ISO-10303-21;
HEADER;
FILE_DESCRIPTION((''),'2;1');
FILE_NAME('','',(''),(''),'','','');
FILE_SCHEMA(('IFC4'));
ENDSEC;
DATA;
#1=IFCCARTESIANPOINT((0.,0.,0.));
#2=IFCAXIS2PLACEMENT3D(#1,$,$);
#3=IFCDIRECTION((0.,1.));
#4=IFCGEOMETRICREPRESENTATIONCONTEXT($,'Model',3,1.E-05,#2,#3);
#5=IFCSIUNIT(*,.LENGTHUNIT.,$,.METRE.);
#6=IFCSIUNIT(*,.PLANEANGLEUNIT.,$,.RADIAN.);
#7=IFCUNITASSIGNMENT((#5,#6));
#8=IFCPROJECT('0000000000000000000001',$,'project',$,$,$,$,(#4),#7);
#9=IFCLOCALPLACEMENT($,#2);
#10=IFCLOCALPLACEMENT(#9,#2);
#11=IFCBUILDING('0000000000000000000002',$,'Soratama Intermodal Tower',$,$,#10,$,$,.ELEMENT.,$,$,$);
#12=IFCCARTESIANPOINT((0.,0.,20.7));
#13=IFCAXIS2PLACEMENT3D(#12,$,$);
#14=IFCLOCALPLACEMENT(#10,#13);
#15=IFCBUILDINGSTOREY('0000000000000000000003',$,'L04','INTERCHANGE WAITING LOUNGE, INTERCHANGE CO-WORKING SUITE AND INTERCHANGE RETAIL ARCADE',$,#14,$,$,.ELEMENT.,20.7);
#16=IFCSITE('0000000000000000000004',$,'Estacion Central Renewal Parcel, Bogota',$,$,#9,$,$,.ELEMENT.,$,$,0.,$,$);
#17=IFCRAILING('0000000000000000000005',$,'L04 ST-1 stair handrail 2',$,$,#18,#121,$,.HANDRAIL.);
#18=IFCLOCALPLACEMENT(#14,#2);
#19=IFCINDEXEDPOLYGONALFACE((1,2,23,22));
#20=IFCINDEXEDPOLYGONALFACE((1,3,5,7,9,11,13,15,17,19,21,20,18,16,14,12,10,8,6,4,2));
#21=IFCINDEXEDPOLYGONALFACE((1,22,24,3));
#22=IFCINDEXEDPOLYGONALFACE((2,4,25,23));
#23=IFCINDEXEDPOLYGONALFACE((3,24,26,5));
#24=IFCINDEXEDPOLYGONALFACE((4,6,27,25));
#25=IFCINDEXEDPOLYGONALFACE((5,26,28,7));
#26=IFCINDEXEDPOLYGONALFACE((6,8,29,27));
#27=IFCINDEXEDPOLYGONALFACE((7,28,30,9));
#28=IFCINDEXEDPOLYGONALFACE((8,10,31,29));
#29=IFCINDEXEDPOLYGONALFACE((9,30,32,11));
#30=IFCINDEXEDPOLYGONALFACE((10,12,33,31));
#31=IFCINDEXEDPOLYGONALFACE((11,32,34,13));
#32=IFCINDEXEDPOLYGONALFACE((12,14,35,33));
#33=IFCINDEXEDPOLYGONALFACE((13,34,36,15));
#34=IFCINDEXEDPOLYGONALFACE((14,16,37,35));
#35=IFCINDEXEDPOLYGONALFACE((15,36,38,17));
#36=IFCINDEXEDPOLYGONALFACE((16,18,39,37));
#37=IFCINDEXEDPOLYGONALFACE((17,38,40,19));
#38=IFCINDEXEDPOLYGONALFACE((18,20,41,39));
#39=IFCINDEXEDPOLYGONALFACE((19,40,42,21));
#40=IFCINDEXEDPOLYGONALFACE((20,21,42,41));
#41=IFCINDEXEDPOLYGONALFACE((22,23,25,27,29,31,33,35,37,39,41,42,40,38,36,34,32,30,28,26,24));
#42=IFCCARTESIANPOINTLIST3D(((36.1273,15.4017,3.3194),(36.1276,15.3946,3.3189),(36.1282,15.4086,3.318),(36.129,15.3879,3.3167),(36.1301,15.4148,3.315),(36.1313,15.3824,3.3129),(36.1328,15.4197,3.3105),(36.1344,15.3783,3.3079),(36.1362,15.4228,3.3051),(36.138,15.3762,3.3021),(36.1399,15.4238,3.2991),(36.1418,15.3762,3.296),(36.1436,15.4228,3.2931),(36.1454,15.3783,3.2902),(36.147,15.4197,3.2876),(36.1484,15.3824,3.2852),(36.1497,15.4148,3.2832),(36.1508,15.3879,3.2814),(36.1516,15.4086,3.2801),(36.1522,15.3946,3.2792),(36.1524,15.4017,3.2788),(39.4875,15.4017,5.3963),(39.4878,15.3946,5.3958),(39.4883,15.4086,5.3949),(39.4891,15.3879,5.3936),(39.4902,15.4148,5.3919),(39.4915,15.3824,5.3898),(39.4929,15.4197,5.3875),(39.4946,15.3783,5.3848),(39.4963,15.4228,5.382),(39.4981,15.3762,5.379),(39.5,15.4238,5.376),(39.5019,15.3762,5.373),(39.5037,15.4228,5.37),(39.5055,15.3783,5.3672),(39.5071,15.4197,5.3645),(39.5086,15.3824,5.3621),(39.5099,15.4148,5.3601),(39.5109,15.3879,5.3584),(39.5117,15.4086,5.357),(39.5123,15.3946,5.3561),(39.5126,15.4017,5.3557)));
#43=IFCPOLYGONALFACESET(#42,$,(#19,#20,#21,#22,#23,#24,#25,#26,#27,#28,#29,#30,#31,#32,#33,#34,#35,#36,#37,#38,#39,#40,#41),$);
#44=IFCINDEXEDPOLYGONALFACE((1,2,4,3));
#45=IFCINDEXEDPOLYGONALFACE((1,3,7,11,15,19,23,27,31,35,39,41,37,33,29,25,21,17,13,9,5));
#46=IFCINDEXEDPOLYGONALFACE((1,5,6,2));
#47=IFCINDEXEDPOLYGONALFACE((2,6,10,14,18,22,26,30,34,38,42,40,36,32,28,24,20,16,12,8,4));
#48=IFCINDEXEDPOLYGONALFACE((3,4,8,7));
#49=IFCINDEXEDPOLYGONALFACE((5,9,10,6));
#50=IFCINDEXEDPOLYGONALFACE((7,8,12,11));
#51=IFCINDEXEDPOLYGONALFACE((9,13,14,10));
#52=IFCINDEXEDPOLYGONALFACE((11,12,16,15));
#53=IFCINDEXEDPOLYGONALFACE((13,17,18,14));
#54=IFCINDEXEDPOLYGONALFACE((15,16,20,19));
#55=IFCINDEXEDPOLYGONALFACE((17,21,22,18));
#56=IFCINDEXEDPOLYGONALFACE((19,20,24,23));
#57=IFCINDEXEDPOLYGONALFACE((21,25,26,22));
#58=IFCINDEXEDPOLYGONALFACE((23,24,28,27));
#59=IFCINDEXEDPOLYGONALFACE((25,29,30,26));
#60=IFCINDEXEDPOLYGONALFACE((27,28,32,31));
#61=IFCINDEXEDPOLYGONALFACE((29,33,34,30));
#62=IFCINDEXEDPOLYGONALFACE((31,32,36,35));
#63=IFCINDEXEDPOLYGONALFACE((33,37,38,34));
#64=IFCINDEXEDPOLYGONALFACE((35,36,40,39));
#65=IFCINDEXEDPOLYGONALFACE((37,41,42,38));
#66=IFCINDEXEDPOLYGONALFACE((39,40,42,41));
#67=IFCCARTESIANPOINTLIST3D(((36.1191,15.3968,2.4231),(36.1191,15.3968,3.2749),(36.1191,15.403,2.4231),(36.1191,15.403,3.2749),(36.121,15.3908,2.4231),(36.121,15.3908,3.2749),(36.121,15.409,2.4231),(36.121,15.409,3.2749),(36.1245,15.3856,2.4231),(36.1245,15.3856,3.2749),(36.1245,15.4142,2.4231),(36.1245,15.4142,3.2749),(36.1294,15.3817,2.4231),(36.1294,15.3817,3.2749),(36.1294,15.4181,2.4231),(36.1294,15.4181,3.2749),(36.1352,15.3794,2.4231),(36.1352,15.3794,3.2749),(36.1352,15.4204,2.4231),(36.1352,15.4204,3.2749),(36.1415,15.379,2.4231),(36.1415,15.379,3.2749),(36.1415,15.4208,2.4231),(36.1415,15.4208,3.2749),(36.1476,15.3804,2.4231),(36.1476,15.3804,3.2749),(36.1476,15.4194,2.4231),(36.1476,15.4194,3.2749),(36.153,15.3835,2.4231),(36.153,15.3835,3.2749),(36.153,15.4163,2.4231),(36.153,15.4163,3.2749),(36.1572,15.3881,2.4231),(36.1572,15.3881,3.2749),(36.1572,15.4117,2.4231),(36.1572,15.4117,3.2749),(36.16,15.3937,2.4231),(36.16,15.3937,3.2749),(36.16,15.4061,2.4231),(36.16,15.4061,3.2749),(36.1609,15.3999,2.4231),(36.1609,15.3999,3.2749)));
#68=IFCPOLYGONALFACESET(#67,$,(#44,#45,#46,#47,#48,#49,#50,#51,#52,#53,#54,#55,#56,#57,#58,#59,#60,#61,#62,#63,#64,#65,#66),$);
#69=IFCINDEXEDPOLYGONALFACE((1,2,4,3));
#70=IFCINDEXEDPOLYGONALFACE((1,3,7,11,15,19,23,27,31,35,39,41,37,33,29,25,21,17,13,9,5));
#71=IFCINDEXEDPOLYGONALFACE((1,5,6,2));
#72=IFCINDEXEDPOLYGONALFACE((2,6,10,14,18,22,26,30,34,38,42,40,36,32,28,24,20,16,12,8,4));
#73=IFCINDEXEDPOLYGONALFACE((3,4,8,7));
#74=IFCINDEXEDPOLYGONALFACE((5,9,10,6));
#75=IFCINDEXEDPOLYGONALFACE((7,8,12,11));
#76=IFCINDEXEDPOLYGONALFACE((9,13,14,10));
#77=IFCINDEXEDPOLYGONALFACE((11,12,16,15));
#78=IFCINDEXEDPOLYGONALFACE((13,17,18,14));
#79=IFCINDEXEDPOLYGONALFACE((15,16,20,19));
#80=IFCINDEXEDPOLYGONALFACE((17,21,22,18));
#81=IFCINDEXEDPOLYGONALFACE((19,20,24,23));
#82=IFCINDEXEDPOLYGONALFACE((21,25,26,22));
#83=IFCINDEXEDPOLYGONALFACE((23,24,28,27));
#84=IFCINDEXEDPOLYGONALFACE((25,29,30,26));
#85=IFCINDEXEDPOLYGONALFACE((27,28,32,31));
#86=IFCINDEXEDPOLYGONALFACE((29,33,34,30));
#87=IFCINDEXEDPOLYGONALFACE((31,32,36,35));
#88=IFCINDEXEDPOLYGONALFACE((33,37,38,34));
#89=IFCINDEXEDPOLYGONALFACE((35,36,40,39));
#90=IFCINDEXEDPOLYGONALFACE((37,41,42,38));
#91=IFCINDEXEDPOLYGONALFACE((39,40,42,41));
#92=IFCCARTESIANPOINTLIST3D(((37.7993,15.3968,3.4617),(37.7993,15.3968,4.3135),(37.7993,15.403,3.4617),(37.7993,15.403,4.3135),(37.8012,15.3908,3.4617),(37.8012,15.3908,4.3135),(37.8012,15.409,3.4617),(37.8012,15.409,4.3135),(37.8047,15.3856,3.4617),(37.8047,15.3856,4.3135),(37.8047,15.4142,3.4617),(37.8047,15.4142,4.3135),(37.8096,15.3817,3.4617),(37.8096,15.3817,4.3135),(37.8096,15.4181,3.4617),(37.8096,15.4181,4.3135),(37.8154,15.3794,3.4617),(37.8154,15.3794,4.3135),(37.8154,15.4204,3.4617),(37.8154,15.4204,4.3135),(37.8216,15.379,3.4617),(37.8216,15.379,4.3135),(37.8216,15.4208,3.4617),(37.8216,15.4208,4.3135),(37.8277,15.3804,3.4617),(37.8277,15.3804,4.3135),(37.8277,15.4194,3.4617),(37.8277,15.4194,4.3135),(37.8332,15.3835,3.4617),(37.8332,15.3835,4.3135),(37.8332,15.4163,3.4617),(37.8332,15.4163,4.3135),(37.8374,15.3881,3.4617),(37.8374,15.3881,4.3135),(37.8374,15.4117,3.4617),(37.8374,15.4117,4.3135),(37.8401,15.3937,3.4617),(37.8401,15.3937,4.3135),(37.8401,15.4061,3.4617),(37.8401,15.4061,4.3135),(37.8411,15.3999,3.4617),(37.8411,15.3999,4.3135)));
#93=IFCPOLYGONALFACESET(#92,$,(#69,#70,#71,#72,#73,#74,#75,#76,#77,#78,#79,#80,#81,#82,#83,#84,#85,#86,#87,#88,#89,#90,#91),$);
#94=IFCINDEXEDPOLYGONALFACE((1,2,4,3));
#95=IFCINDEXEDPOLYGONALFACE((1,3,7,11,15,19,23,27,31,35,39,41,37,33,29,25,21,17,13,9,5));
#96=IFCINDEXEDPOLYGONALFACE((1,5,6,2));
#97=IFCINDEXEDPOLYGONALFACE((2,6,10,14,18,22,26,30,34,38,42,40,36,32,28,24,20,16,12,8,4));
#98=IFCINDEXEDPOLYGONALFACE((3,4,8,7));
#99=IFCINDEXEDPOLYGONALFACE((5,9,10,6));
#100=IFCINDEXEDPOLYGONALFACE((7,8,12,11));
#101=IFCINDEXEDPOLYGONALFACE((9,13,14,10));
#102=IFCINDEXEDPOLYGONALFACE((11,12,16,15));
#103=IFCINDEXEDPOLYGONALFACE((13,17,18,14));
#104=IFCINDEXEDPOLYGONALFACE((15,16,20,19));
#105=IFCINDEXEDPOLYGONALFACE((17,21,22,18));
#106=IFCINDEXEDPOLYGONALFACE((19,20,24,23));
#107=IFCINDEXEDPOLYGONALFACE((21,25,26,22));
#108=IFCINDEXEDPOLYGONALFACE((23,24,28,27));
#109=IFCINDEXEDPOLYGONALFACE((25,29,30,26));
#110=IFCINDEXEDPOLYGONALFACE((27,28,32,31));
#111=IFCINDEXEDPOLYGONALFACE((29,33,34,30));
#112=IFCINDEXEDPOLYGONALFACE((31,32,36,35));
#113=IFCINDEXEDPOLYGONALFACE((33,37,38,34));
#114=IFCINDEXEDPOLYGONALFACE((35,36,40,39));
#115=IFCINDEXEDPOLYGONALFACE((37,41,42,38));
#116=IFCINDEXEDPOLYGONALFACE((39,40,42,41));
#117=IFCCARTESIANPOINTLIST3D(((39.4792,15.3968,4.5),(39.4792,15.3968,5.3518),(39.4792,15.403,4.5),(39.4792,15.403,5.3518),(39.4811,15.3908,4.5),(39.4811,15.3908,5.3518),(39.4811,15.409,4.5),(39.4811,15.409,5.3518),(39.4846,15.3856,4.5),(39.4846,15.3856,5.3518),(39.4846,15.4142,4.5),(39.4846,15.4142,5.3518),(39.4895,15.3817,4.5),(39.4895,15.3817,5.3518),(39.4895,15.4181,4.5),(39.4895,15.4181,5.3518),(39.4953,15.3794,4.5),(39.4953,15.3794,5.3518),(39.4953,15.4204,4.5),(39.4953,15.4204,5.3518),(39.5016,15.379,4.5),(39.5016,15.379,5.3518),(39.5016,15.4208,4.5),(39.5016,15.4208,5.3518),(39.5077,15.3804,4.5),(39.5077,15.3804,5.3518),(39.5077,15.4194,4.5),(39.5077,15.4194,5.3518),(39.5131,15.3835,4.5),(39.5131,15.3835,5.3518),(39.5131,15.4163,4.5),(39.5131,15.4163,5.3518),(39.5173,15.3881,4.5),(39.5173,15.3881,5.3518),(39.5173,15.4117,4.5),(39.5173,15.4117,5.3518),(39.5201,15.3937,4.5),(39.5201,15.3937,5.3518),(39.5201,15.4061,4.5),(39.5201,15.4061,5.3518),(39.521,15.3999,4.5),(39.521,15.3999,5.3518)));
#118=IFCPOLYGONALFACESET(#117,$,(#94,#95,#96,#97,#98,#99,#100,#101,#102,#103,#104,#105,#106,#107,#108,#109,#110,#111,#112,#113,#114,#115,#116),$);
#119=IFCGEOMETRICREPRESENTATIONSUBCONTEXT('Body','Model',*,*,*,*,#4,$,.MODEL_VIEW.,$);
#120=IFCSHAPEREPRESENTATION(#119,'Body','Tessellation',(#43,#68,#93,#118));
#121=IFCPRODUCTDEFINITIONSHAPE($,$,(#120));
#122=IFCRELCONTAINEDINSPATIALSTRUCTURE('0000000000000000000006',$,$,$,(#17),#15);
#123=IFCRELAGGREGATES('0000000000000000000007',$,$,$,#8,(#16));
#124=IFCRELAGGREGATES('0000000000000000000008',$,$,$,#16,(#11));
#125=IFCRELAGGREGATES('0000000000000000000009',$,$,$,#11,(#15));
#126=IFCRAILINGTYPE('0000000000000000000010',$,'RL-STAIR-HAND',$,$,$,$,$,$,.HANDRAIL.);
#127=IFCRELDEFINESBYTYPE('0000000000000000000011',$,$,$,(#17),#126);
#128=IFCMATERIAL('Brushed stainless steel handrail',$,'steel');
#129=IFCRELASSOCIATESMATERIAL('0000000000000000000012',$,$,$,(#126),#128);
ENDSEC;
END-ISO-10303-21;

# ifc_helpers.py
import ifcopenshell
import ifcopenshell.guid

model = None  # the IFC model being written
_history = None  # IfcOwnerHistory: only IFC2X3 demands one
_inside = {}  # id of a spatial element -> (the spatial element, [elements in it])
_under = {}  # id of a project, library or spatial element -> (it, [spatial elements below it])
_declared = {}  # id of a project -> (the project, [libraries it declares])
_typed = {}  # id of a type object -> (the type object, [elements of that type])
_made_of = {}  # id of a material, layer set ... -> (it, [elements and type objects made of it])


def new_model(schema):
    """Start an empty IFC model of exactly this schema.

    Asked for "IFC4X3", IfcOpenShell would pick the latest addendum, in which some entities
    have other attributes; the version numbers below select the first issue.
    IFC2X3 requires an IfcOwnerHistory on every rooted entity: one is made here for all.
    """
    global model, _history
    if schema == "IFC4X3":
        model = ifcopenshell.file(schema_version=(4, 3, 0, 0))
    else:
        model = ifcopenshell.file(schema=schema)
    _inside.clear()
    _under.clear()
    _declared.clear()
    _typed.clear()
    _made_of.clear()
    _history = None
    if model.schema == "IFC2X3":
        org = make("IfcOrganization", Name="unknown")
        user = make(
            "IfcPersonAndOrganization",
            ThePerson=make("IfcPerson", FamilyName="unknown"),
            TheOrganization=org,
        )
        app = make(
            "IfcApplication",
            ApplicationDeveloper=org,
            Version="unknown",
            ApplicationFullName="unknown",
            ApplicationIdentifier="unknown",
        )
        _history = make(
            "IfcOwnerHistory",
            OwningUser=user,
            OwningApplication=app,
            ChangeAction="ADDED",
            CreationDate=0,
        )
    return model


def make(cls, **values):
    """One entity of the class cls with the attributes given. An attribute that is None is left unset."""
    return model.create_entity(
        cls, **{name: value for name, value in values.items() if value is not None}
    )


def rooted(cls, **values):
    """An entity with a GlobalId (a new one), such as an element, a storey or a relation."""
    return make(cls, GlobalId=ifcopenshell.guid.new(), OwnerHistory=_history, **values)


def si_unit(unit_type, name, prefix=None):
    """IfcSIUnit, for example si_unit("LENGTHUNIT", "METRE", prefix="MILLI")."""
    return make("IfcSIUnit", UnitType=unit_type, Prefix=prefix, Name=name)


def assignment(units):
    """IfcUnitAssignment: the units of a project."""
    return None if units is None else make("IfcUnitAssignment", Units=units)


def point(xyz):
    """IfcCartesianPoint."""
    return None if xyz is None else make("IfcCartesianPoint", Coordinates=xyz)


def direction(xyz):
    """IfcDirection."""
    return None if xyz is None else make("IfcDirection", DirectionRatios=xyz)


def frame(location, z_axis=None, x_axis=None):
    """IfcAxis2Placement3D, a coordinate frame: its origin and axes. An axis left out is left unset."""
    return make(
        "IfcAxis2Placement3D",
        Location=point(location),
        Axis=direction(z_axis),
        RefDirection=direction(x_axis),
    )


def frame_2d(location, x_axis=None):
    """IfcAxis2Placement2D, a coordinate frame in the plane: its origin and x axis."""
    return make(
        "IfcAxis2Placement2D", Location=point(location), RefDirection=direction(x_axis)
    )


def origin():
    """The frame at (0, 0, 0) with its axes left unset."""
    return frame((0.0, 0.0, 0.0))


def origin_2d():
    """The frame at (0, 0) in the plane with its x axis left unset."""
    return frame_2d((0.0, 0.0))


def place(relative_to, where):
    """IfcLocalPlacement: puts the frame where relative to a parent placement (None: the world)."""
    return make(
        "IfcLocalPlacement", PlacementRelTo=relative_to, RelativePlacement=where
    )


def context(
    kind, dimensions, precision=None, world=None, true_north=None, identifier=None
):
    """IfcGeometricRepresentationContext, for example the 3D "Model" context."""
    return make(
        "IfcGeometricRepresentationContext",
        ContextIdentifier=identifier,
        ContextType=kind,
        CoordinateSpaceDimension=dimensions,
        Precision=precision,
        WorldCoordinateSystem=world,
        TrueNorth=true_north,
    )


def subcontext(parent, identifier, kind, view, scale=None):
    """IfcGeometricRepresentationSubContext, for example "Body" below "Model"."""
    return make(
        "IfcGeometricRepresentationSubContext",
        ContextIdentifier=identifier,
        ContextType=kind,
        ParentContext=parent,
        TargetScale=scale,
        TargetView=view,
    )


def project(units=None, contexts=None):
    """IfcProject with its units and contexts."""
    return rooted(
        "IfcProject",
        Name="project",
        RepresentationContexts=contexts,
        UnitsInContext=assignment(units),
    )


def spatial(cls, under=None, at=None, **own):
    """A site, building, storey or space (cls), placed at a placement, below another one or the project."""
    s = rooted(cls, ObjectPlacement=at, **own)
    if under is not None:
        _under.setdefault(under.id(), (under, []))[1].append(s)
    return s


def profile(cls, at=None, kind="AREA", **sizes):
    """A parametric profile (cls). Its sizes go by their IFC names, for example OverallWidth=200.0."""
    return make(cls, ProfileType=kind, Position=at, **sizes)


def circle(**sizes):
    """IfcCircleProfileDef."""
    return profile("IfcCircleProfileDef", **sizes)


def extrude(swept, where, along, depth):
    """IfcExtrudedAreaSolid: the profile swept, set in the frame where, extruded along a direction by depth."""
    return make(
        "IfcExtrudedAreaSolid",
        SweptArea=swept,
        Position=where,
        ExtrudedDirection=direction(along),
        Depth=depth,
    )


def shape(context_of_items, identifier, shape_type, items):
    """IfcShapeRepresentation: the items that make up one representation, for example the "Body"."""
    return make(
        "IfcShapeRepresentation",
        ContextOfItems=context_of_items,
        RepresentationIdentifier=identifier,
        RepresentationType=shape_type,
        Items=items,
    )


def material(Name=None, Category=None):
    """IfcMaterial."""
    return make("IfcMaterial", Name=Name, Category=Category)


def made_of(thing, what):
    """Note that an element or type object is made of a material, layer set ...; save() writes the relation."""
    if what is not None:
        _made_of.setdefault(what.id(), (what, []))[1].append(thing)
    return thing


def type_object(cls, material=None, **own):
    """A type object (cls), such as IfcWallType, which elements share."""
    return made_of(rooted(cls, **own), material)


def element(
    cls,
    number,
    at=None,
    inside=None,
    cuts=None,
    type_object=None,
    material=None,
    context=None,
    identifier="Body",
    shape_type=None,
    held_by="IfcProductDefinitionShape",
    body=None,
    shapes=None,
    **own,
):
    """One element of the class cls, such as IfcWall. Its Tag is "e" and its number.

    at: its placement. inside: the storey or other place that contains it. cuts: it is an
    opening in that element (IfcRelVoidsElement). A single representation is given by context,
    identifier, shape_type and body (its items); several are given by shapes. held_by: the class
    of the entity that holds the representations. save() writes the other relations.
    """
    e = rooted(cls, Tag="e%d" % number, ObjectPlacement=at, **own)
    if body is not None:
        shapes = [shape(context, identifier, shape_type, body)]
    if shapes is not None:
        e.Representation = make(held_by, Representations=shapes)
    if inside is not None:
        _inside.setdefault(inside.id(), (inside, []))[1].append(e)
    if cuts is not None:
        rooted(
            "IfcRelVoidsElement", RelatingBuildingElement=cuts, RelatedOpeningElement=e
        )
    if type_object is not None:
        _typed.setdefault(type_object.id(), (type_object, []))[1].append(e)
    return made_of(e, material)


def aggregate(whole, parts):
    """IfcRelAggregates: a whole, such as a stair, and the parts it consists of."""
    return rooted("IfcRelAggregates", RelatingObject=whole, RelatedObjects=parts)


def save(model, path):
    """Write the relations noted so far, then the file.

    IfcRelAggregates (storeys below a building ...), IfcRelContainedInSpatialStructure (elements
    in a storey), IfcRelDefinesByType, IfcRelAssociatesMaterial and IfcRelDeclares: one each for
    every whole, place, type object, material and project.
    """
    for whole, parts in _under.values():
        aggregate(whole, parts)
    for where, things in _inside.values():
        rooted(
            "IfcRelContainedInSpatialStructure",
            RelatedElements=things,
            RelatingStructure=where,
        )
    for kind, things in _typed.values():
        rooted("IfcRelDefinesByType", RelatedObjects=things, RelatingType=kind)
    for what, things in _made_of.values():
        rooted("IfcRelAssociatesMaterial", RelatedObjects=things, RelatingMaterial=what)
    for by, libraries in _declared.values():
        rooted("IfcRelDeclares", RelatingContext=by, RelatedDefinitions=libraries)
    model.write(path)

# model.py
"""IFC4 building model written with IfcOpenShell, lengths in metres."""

from ifc_helpers import new_model, si_unit, direction, frame, origin, origin_2d, place, context, subcontext, project, spatial, circle, extrude, material, type_object, element, save


model = new_model("IFC4")

# Units and contexts
model_context = context("Model", 3, precision=1e-05, world=origin(), true_north=direction((0.0, 1.0)))
body_context = subcontext(model_context, "Body", "Model", "MODEL_VIEW")
ifc_project = project(units=[si_unit("LENGTHUNIT", "METRE"), si_unit("PLANEANGLEUNIT", "RADIAN")], contexts=[model_context])

# Site, building, storey
site_placement = place(None, origin())
site = spatial("IfcSite", under=ifc_project, at=site_placement, Name="Estacion Central Renewal Parcel, Bogota", CompositionType="ELEMENT", RefElevation=0.0)
building_placement = place(site_placement, origin())
building = spatial("IfcBuilding", under=site, at=building_placement, Name="Soratama Intermodal Tower", CompositionType="ELEMENT")
storey_placement = place(building_placement, frame((0.0, 0.0, 20.7)))
storey = spatial("IfcBuildingStorey", under=building, at=storey_placement, Name="L04", Description="INTERCHANGE WAITING LOUNGE, INTERCHANGE CO-WORKING SUITE AND INTERCHANGE RETAIL ARCADE", CompositionType="ELEMENT", Elevation=20.7)

# Railing
ifc_material_1 = material(Name="Brushed stainless steel handrail", Category="steel")
railing_type_1 = type_object("IfcRailingType", Name="RL-STAIR-HAND", PredefinedType="HANDRAIL", material=ifc_material_1)
railing_1_placement = place(storey_placement, frame((36.1399, 15.3999, 2.4231)))
element("IfcRailing", 1, at=railing_1_placement, inside=storey, type_object=railing_type_1, Name="L04 ST-1 stair handrail 2", PredefinedType="HANDRAIL", context=body_context, shape_type="SweptSolid", body=[
    extrude(circle(Radius=0.0239, at=origin_2d()), frame((0.0, 0.0, 0.876), z_axis=(0.850623, 0.0, 0.525776), x_axis=(0.0, 1.0, 0.0)), (0.0, 0.0, 1.0), 3.9502),
    extrude(circle(Radius=0.021, at=origin_2d()), origin(), (0.0, 0.0, 1.0), 0.8518),
    extrude(circle(Radius=0.021, at=origin_2d()), frame((1.6802, 0.0, 1.0386)), (0.0, 0.0, 1.0), 0.8518),
    extrude(circle(Radius=0.021, at=origin_2d()), frame((3.3601, 0.0, 2.0769)), (0.0, 0.0, 1.0), 0.8518),
])

save(model, "model.ifc")
